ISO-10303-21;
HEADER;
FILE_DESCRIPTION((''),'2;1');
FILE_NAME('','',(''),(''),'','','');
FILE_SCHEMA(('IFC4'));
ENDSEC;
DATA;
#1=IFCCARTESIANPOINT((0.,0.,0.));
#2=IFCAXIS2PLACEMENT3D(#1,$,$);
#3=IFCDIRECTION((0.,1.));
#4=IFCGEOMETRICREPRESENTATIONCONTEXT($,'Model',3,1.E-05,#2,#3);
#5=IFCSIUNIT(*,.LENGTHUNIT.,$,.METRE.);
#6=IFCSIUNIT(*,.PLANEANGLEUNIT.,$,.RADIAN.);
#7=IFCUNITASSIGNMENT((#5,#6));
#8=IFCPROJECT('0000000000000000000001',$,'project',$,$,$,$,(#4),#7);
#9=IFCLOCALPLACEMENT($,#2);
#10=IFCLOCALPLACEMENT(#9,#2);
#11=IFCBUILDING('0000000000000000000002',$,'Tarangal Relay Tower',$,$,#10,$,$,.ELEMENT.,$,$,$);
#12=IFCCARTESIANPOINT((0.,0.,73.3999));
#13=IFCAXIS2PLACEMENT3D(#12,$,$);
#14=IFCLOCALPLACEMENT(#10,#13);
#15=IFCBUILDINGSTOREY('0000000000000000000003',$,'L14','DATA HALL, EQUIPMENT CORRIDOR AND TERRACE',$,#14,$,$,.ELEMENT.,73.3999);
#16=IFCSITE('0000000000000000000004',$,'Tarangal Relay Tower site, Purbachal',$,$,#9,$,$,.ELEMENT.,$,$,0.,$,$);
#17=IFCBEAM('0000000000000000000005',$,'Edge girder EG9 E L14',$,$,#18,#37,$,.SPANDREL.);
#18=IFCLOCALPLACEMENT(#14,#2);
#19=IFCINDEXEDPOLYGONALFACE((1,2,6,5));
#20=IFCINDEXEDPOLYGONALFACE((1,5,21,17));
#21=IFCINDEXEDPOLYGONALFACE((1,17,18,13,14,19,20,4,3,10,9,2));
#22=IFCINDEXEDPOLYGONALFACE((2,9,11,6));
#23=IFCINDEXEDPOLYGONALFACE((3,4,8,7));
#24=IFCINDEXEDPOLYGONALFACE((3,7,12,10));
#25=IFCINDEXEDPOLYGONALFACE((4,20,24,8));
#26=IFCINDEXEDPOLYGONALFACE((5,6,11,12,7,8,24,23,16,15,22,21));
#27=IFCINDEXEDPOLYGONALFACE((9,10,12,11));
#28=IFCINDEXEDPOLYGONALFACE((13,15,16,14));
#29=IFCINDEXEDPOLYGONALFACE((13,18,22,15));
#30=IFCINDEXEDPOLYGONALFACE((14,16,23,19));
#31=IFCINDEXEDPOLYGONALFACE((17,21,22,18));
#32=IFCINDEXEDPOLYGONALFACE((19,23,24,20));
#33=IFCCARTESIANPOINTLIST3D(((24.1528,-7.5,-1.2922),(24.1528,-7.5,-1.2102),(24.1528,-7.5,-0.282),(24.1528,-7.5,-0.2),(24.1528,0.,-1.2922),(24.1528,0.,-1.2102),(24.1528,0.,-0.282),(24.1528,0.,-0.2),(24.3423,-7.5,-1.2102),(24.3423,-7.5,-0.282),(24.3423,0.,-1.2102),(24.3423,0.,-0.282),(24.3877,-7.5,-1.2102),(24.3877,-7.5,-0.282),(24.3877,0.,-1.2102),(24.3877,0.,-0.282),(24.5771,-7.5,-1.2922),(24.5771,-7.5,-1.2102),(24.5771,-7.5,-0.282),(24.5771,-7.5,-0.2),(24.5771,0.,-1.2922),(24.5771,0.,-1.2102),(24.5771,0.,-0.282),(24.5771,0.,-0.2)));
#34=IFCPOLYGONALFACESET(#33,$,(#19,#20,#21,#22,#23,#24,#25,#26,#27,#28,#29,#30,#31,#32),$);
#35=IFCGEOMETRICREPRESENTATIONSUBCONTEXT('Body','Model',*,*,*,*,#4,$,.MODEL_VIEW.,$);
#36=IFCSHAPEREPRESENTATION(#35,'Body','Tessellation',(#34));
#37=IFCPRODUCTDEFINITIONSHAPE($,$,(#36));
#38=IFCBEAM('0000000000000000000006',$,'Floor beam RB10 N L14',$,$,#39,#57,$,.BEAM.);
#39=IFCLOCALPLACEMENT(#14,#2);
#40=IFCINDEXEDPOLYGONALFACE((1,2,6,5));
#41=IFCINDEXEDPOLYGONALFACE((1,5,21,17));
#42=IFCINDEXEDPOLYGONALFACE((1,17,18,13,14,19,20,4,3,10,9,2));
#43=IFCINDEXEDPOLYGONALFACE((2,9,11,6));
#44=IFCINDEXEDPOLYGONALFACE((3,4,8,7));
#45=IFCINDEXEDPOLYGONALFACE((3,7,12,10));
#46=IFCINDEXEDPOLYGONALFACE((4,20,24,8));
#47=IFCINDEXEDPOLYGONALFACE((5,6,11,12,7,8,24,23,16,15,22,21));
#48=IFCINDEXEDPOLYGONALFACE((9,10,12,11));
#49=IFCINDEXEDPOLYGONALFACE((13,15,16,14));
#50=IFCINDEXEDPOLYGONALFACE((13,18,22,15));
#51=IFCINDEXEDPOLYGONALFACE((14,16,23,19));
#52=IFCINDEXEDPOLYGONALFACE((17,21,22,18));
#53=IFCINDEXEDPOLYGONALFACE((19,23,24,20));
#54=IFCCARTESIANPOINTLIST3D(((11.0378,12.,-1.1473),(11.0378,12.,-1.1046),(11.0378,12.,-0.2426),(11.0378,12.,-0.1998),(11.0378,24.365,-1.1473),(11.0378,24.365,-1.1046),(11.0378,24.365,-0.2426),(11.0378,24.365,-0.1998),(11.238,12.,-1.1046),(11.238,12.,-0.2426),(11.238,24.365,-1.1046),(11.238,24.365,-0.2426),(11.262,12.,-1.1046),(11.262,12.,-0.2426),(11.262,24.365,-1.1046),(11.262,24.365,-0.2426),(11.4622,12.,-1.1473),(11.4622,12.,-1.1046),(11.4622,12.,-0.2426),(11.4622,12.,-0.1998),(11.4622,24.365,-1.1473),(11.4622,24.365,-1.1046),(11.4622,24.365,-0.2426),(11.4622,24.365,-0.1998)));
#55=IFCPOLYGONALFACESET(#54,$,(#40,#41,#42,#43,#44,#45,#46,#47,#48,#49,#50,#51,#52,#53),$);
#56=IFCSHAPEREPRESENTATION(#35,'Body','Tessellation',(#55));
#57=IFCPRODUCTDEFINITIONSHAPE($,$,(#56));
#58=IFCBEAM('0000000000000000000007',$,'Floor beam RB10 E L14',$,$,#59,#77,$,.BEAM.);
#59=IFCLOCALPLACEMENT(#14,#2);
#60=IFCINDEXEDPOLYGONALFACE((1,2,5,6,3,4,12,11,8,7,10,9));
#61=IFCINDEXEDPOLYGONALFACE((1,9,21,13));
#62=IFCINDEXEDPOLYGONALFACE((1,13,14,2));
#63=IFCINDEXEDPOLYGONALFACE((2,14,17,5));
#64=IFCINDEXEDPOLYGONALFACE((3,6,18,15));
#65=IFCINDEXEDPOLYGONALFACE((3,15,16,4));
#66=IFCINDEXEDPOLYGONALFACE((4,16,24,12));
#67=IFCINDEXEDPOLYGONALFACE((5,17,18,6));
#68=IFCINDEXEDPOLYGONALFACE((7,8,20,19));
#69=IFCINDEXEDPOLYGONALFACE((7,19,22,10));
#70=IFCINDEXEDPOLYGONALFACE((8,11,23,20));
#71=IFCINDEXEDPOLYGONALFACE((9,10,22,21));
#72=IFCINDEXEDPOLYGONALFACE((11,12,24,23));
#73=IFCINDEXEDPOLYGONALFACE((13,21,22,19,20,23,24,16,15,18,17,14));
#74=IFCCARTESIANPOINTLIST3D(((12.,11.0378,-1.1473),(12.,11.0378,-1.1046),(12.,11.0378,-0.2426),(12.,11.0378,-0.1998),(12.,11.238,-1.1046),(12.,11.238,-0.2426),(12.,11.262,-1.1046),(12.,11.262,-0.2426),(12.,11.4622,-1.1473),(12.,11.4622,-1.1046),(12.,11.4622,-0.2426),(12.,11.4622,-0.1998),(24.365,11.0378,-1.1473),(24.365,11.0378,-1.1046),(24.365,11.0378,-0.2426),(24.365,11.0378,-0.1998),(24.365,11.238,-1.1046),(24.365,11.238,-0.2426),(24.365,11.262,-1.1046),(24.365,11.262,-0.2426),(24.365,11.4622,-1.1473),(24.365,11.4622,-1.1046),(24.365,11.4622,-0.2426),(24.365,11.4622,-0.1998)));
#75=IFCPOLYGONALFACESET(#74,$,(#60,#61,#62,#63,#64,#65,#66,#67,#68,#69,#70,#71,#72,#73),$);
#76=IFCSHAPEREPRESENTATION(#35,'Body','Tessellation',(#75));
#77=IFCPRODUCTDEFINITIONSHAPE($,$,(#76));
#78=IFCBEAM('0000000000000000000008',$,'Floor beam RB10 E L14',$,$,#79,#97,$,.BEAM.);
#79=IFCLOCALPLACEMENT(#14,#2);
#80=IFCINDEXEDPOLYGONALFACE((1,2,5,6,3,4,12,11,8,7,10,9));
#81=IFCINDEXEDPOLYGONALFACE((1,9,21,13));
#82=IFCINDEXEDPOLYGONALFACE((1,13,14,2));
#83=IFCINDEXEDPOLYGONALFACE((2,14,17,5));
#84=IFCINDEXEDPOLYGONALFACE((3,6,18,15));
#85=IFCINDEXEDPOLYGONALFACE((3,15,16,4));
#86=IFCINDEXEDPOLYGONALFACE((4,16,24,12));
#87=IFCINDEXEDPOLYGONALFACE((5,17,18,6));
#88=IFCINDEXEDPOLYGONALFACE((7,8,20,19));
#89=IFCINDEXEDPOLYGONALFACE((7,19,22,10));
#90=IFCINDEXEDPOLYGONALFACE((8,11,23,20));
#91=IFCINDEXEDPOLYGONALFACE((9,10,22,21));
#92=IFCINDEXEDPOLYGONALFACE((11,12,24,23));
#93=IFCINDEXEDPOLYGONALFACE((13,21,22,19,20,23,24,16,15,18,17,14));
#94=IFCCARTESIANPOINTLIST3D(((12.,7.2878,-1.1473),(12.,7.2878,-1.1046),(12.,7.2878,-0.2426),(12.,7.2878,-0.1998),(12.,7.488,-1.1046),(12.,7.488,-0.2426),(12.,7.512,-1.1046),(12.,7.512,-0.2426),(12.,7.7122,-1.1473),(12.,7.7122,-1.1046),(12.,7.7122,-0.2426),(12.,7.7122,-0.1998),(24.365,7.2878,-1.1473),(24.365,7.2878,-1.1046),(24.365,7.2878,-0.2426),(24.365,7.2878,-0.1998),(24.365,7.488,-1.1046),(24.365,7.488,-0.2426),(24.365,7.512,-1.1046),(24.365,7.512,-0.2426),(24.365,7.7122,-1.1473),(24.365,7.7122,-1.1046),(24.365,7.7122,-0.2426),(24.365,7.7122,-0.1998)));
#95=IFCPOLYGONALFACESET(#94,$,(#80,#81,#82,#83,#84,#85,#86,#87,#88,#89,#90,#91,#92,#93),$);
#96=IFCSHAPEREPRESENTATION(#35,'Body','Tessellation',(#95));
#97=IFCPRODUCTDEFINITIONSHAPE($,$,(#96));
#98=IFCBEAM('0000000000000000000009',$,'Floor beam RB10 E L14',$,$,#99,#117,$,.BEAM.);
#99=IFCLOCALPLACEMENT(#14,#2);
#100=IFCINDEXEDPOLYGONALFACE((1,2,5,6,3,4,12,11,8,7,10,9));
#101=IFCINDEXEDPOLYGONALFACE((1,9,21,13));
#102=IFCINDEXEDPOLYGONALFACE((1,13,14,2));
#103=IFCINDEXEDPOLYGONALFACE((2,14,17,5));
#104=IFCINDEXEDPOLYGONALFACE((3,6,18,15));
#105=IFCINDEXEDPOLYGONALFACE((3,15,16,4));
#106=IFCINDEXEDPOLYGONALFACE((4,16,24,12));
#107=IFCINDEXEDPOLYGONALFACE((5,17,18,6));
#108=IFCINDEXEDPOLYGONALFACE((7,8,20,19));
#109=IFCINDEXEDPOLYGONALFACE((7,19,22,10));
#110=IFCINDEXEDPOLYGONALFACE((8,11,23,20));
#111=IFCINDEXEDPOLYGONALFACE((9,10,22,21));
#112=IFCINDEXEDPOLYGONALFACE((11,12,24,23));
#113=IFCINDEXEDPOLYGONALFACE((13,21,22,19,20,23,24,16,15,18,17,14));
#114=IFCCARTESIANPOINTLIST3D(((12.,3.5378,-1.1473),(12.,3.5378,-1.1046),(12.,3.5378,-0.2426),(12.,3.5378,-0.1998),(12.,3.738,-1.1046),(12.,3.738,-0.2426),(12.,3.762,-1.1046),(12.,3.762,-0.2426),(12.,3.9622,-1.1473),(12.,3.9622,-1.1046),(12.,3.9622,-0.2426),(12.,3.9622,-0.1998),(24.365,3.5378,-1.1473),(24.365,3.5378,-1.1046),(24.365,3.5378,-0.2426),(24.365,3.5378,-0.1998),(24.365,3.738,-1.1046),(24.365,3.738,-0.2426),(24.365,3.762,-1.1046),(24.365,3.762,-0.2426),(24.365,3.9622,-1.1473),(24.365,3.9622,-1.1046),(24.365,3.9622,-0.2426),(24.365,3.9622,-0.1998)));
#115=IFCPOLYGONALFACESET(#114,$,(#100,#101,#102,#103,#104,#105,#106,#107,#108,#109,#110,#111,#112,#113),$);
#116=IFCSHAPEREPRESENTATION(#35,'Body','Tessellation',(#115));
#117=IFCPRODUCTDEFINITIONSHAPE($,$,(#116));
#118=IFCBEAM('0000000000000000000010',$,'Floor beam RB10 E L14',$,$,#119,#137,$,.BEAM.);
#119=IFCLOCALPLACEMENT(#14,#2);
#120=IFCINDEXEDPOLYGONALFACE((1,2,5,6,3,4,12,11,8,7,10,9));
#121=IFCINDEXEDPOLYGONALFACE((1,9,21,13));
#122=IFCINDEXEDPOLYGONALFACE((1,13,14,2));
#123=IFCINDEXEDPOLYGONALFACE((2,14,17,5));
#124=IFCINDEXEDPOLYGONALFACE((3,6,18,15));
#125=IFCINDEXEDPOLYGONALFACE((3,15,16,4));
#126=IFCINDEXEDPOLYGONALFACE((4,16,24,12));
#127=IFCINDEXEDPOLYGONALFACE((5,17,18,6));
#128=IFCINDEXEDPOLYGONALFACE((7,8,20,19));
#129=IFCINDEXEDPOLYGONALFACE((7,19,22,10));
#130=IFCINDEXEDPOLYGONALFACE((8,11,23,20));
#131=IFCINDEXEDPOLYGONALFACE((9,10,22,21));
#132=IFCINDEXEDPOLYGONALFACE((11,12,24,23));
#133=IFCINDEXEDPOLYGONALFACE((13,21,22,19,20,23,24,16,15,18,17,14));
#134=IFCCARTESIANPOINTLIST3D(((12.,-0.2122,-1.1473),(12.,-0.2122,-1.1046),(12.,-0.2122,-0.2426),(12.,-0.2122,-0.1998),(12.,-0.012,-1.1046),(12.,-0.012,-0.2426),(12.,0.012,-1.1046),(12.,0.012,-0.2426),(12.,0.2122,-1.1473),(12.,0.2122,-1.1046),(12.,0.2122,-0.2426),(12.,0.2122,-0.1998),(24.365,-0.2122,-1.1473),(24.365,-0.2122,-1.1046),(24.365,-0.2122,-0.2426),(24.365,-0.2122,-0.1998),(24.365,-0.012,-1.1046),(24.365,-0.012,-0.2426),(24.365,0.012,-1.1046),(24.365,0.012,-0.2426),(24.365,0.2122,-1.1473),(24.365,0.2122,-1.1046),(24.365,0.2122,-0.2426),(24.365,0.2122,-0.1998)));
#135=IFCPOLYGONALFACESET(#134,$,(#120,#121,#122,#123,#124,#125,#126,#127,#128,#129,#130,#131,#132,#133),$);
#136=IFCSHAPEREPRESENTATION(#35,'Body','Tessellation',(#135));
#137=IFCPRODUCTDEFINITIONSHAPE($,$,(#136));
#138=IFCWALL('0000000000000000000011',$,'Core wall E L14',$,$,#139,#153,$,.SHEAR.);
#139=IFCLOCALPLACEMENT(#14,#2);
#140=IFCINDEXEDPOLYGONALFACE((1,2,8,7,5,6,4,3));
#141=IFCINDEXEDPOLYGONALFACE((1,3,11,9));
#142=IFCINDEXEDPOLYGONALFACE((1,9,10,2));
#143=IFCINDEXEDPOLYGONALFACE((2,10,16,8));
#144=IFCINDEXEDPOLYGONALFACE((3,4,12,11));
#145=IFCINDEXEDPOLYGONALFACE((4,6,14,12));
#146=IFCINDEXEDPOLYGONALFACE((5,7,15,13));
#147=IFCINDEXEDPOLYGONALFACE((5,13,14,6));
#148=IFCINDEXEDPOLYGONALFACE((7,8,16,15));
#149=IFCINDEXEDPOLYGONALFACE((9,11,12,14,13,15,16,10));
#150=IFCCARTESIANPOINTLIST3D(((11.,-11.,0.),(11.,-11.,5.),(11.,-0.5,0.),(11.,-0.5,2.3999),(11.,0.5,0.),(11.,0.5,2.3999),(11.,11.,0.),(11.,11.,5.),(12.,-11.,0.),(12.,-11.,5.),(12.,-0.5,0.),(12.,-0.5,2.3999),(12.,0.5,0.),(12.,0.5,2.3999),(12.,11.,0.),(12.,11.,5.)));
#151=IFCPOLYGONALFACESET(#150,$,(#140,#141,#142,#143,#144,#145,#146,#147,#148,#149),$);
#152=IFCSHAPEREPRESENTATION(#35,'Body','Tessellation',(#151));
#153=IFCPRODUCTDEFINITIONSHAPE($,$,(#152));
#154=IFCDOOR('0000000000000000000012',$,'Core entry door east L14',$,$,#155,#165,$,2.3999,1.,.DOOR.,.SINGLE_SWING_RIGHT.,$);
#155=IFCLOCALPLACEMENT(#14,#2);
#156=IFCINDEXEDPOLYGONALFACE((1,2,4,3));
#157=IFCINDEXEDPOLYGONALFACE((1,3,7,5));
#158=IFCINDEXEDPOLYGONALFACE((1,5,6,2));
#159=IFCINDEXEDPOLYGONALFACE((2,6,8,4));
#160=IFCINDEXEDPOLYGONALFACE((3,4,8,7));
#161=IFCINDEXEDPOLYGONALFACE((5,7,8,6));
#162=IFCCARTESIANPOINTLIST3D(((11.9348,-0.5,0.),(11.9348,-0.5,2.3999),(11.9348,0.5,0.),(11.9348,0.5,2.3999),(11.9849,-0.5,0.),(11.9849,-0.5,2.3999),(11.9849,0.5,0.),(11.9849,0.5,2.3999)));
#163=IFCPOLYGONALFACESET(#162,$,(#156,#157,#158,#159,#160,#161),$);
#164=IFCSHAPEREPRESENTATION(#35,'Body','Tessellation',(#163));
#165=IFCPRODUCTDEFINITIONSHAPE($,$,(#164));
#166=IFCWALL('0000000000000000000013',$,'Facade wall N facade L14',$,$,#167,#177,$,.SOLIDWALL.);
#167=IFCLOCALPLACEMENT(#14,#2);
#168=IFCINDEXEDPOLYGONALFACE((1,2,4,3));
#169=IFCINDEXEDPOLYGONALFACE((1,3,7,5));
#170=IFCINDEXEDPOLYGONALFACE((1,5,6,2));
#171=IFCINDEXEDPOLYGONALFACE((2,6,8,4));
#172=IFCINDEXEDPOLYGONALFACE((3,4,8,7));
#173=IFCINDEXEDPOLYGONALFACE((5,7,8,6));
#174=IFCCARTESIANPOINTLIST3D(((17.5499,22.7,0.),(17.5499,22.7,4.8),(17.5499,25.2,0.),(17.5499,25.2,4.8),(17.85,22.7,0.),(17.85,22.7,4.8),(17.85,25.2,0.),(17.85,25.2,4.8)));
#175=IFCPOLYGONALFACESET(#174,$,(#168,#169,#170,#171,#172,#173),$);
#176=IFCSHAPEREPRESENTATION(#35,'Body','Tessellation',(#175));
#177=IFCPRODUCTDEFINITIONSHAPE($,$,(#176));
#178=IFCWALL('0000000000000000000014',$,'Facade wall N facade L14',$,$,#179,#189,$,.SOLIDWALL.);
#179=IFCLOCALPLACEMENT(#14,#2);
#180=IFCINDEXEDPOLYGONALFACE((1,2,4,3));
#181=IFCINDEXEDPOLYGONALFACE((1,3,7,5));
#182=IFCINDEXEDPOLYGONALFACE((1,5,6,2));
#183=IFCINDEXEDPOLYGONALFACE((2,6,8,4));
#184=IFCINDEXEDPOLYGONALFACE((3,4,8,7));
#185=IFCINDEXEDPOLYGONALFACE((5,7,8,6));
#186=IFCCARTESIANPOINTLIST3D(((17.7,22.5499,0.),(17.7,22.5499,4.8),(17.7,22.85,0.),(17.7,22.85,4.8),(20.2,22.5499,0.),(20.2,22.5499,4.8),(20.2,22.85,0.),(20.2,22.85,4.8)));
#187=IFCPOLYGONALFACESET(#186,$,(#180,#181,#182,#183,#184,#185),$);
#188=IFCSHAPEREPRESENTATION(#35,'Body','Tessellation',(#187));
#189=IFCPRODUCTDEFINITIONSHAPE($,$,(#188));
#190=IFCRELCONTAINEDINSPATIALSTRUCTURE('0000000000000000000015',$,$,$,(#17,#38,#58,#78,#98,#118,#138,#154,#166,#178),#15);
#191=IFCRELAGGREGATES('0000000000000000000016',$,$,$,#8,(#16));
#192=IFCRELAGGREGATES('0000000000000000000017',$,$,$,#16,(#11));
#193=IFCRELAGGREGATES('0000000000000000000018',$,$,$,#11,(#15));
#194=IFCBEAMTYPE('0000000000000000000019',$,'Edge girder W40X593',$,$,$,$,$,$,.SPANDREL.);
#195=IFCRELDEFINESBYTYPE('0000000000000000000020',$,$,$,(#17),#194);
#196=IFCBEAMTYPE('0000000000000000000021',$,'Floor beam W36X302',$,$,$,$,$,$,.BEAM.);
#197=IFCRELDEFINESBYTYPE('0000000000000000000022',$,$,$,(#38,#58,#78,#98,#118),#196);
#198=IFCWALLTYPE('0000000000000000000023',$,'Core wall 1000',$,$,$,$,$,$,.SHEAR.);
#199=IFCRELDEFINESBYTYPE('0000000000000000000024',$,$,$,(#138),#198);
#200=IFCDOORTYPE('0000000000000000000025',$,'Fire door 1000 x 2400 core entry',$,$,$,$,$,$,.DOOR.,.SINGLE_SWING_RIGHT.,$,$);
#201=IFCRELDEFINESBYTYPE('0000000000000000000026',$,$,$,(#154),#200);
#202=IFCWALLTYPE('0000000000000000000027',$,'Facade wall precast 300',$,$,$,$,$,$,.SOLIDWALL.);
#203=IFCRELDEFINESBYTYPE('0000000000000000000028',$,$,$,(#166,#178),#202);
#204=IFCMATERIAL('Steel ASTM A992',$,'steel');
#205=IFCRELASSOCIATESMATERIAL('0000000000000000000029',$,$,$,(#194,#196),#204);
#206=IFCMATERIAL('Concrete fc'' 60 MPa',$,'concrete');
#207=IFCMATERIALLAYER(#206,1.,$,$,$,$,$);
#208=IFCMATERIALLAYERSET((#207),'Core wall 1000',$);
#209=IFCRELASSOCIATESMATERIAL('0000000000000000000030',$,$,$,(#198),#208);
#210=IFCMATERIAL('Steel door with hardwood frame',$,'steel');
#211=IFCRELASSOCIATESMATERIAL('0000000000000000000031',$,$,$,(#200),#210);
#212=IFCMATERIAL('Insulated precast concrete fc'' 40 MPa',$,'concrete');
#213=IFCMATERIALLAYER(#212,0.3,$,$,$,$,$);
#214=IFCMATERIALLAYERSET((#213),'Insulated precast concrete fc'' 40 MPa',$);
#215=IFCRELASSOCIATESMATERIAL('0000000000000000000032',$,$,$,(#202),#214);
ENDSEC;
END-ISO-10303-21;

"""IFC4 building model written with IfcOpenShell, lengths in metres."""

from ifc_helpers import new_model, si_unit, direction, frame, frame_2d, origin, origin_2d, place, context, subcontext, project, spatial, rectangle, i_section, extrude, material, layer, layer_set, material_profile, profile_set, type_object, element, fill, save


model = new_model("IFC4")

# Units and contexts
model_context = context("Model", 3, precision=1e-05, world=origin(), true_north=direction((0.0, 1.0)))
body_context = subcontext(model_context, "Body", "Model", "MODEL_VIEW")
ifc_project = project(units=[si_unit("LENGTHUNIT", "METRE"), si_unit("PLANEANGLEUNIT", "RADIAN")], contexts=[model_context])

# Site, building, storey
site_placement = place(None, origin())
site = spatial("IfcSite", under=ifc_project, at=site_placement, Name="Tarangal Relay Tower site, Purbachal", CompositionType="ELEMENT", RefElevation=0.0)
building_placement = place(site_placement, origin())
building = spatial("IfcBuilding", under=site, at=building_placement, Name="Tarangal Relay Tower", CompositionType="ELEMENT")
storey_placement = place(building_placement, frame((0.0, 0.0, 73.3999)))
storey = spatial("IfcBuildingStorey", under=building, at=storey_placement, Name="L14", Description="DATA HALL, EQUIPMENT CORRIDOR AND TERRACE", CompositionType="ELEMENT", Elevation=73.3999)

# Beams
ifc_material_1 = material(Name="Steel ASTM A992", Category="steel")
ifc_material_profile_1 = material_profile(ifc_material_1, i_section(OverallWidth=0.4243, OverallDepth=1.0923, WebThickness=0.0454, FlangeThickness=0.082, at=origin_2d()), Name="W40X593")
ifc_profile_set_1 = profile_set([ifc_material_profile_1], Name="Steel ASTM A992")
beam_type_1 = type_object("IfcBeamType", Name="Edge girder W40X593", PredefinedType="SPANDREL", material=ifc_profile_set_1)
for number, where, z_axis, x_axis, name in (
    (1, (24.365, 0.0, -0.7461), (0.0, -1.0, 0.0), (1.0, 0.0, 0.0), "Edge girder EG9 E L14"),
):
    element("IfcBeam", number, at=place(storey_placement, frame(where, z_axis=z_axis, x_axis=x_axis)), inside=storey, type_object=beam_type_1, Name=name, PredefinedType="SPANDREL", context=body_context, shape_type="SweptSolid", body=[
        extrude(i_section(OverallWidth=0.4243, OverallDepth=1.0923, WebThickness=0.0454, FlangeThickness=0.082, at=origin_2d()), origin(), (0.0, 0.0, 1.0), 7.5),
    ])
ifc_material_profile_2 = material_profile(ifc_material_1, i_section(OverallWidth=0.4243, OverallDepth=0.9475, WebThickness=0.0239, FlangeThickness=0.0427, at=origin_2d()), Name="W36X302")
ifc_profile_set_2 = profile_set([ifc_material_profile_2], Name="Steel ASTM A992")
beam_type_2 = type_object("IfcBeamType", Name="Floor beam W36X302", PredefinedType="BEAM", material=ifc_profile_set_2)
for number, where, z_axis, x_axis, name in (
    (2, (11.25, 12.0, -0.6736), (0.0, 1.0, 0.0), (-1.0, 0.0, 0.0), "Floor beam RB10 N L14"),
    (3, (12.0, 11.25, -0.6736), (1.0, 0.0, 0.0), (0.0, 1.0, 0.0), "Floor beam RB10 E L14"),
    (4, (12.0, 7.5, -0.6736), (1.0, 0.0, 0.0), (0.0, 1.0, 0.0), "Floor beam RB10 E L14"),
    (5, (12.0, 3.75, -0.6736), (1.0, 0.0, 0.0), (0.0, 1.0, 0.0), "Floor beam RB10 E L14"),
    (6, (12.0, 0.0, -0.6736), (1.0, 0.0, 0.0), (0.0, 1.0, 0.0), "Floor beam RB10 E L14"),
):
    element("IfcBeam", number, at=place(storey_placement, frame(where, z_axis=z_axis, x_axis=x_axis)), inside=storey, type_object=beam_type_2, Name=name, PredefinedType="BEAM", context=body_context, shape_type="SweptSolid", body=[
        extrude(i_section(OverallWidth=0.4243, OverallDepth=0.9475, WebThickness=0.0239, FlangeThickness=0.0427, at=origin_2d()), origin(), (0.0, 0.0, 1.0), 12.365),
    ])

# Wall, opening, door
ifc_material_2 = material(Name="Concrete fc' 60 MPa", Category="concrete")
ifc_layer_1 = layer(ifc_material_2, 1.0)
ifc_layer_set_1 = layer_set([ifc_layer_1], Name="Core wall 1000")
wall_type_1 = type_object("IfcWallType", Name="Core wall 1000", PredefinedType="SHEAR", material=ifc_layer_set_1)
wall_1_placement = place(storey_placement, frame((11.5, 11.0, 0.0), z_axis=(0.0, 0.0, 1.0), x_axis=(0.0, -1.0, 0.0)))
wall_1 = element("IfcWall", 7, at=wall_1_placement, inside=storey, type_object=wall_type_1, Name="Core wall E L14", PredefinedType="SHEAR", context=body_context, shape_type="SweptSolid", body=[
    extrude(rectangle(XDim=22.0, YDim=1.0, at=frame_2d((11.0, 0.0))), origin(), (0.0, 0.0, 1.0), 5.0),
])
opening_1_placement = place(wall_1_placement, frame((10.5, 0.0, 0.0)))
opening_1 = element("IfcOpeningElement", 8, at=opening_1_placement, cuts=wall_1, PredefinedType="OPENING", context=body_context, shape_type="SweptSolid", body=[
    extrude(rectangle(XDim=1.0, YDim=2.3999, at=frame_2d((0.5, 1.2))), frame((0.0, 0.51, 0.0), z_axis=(0.0, -1.0, 0.0), x_axis=(1.0, 0.0, 0.0)), (0.0, 0.0, 1.0), 1.02),
])
ifc_material_3 = material(Name="Steel door with hardwood frame", Category="steel")
door_type_1 = type_object("IfcDoorType", Name="Fire door 1000 x 2400 core entry", OperationType="SINGLE_SWING_RIGHT", PredefinedType="DOOR", material=ifc_material_3)
door_1_placement = place(opening_1_placement, origin())
door_1 = element("IfcDoor", 9, at=door_1_placement, inside=storey, type_object=door_type_1, Name="Core entry door east L14", OperationType="SINGLE_SWING_RIGHT", OverallHeight=2.3999, OverallWidth=1.0, PredefinedType="DOOR", context=body_context, shape_type="SweptSolid", body=[
    extrude(rectangle(XDim=1.0, YDim=2.3999, at=frame_2d((0.5, 1.2))), frame((0.0, 0.4849, 0.0), z_axis=(0.0, -1.0, 0.0), x_axis=(1.0, 0.0, 0.0)), (0.0, 0.0, 1.0), 0.05),
])
fill(opening_1, door_1)

# Walls
ifc_material_4 = material(Name="Insulated precast concrete fc' 40 MPa", Category="concrete")
ifc_layer_2 = layer(ifc_material_4, 0.3)
ifc_layer_set_2 = layer_set([ifc_layer_2], Name="Insulated precast concrete fc' 40 MPa")
wall_type_2 = type_object("IfcWallType", Name="Facade wall precast 300", PredefinedType="SOLIDWALL", material=ifc_layer_set_2)
for number, where, z_axis, x_axis, name in (
    (10, (17.7, 25.2, 0.0), (0.0, 0.0, 1.0), (0.0, -1.0, 0.0), "Facade wall N facade L14"),
    (11, (17.7, 22.7, 0.0), (0.0, 0.0, 1.0), (1.0, 0.0, 0.0), "Facade wall N facade L14"),
):
    element("IfcWall", number, at=place(storey_placement, frame(where, z_axis=z_axis, x_axis=x_axis)), inside=storey, type_object=wall_type_2, Name=name, PredefinedType="SOLIDWALL", context=body_context, shape_type="SweptSolid", body=[
        extrude(rectangle(XDim=2.5, YDim=0.3, at=frame_2d((1.25, 0.0))), origin(), (0.0, 0.0, 1.0), 4.8),
    ])

save(model, "model.ifc")
